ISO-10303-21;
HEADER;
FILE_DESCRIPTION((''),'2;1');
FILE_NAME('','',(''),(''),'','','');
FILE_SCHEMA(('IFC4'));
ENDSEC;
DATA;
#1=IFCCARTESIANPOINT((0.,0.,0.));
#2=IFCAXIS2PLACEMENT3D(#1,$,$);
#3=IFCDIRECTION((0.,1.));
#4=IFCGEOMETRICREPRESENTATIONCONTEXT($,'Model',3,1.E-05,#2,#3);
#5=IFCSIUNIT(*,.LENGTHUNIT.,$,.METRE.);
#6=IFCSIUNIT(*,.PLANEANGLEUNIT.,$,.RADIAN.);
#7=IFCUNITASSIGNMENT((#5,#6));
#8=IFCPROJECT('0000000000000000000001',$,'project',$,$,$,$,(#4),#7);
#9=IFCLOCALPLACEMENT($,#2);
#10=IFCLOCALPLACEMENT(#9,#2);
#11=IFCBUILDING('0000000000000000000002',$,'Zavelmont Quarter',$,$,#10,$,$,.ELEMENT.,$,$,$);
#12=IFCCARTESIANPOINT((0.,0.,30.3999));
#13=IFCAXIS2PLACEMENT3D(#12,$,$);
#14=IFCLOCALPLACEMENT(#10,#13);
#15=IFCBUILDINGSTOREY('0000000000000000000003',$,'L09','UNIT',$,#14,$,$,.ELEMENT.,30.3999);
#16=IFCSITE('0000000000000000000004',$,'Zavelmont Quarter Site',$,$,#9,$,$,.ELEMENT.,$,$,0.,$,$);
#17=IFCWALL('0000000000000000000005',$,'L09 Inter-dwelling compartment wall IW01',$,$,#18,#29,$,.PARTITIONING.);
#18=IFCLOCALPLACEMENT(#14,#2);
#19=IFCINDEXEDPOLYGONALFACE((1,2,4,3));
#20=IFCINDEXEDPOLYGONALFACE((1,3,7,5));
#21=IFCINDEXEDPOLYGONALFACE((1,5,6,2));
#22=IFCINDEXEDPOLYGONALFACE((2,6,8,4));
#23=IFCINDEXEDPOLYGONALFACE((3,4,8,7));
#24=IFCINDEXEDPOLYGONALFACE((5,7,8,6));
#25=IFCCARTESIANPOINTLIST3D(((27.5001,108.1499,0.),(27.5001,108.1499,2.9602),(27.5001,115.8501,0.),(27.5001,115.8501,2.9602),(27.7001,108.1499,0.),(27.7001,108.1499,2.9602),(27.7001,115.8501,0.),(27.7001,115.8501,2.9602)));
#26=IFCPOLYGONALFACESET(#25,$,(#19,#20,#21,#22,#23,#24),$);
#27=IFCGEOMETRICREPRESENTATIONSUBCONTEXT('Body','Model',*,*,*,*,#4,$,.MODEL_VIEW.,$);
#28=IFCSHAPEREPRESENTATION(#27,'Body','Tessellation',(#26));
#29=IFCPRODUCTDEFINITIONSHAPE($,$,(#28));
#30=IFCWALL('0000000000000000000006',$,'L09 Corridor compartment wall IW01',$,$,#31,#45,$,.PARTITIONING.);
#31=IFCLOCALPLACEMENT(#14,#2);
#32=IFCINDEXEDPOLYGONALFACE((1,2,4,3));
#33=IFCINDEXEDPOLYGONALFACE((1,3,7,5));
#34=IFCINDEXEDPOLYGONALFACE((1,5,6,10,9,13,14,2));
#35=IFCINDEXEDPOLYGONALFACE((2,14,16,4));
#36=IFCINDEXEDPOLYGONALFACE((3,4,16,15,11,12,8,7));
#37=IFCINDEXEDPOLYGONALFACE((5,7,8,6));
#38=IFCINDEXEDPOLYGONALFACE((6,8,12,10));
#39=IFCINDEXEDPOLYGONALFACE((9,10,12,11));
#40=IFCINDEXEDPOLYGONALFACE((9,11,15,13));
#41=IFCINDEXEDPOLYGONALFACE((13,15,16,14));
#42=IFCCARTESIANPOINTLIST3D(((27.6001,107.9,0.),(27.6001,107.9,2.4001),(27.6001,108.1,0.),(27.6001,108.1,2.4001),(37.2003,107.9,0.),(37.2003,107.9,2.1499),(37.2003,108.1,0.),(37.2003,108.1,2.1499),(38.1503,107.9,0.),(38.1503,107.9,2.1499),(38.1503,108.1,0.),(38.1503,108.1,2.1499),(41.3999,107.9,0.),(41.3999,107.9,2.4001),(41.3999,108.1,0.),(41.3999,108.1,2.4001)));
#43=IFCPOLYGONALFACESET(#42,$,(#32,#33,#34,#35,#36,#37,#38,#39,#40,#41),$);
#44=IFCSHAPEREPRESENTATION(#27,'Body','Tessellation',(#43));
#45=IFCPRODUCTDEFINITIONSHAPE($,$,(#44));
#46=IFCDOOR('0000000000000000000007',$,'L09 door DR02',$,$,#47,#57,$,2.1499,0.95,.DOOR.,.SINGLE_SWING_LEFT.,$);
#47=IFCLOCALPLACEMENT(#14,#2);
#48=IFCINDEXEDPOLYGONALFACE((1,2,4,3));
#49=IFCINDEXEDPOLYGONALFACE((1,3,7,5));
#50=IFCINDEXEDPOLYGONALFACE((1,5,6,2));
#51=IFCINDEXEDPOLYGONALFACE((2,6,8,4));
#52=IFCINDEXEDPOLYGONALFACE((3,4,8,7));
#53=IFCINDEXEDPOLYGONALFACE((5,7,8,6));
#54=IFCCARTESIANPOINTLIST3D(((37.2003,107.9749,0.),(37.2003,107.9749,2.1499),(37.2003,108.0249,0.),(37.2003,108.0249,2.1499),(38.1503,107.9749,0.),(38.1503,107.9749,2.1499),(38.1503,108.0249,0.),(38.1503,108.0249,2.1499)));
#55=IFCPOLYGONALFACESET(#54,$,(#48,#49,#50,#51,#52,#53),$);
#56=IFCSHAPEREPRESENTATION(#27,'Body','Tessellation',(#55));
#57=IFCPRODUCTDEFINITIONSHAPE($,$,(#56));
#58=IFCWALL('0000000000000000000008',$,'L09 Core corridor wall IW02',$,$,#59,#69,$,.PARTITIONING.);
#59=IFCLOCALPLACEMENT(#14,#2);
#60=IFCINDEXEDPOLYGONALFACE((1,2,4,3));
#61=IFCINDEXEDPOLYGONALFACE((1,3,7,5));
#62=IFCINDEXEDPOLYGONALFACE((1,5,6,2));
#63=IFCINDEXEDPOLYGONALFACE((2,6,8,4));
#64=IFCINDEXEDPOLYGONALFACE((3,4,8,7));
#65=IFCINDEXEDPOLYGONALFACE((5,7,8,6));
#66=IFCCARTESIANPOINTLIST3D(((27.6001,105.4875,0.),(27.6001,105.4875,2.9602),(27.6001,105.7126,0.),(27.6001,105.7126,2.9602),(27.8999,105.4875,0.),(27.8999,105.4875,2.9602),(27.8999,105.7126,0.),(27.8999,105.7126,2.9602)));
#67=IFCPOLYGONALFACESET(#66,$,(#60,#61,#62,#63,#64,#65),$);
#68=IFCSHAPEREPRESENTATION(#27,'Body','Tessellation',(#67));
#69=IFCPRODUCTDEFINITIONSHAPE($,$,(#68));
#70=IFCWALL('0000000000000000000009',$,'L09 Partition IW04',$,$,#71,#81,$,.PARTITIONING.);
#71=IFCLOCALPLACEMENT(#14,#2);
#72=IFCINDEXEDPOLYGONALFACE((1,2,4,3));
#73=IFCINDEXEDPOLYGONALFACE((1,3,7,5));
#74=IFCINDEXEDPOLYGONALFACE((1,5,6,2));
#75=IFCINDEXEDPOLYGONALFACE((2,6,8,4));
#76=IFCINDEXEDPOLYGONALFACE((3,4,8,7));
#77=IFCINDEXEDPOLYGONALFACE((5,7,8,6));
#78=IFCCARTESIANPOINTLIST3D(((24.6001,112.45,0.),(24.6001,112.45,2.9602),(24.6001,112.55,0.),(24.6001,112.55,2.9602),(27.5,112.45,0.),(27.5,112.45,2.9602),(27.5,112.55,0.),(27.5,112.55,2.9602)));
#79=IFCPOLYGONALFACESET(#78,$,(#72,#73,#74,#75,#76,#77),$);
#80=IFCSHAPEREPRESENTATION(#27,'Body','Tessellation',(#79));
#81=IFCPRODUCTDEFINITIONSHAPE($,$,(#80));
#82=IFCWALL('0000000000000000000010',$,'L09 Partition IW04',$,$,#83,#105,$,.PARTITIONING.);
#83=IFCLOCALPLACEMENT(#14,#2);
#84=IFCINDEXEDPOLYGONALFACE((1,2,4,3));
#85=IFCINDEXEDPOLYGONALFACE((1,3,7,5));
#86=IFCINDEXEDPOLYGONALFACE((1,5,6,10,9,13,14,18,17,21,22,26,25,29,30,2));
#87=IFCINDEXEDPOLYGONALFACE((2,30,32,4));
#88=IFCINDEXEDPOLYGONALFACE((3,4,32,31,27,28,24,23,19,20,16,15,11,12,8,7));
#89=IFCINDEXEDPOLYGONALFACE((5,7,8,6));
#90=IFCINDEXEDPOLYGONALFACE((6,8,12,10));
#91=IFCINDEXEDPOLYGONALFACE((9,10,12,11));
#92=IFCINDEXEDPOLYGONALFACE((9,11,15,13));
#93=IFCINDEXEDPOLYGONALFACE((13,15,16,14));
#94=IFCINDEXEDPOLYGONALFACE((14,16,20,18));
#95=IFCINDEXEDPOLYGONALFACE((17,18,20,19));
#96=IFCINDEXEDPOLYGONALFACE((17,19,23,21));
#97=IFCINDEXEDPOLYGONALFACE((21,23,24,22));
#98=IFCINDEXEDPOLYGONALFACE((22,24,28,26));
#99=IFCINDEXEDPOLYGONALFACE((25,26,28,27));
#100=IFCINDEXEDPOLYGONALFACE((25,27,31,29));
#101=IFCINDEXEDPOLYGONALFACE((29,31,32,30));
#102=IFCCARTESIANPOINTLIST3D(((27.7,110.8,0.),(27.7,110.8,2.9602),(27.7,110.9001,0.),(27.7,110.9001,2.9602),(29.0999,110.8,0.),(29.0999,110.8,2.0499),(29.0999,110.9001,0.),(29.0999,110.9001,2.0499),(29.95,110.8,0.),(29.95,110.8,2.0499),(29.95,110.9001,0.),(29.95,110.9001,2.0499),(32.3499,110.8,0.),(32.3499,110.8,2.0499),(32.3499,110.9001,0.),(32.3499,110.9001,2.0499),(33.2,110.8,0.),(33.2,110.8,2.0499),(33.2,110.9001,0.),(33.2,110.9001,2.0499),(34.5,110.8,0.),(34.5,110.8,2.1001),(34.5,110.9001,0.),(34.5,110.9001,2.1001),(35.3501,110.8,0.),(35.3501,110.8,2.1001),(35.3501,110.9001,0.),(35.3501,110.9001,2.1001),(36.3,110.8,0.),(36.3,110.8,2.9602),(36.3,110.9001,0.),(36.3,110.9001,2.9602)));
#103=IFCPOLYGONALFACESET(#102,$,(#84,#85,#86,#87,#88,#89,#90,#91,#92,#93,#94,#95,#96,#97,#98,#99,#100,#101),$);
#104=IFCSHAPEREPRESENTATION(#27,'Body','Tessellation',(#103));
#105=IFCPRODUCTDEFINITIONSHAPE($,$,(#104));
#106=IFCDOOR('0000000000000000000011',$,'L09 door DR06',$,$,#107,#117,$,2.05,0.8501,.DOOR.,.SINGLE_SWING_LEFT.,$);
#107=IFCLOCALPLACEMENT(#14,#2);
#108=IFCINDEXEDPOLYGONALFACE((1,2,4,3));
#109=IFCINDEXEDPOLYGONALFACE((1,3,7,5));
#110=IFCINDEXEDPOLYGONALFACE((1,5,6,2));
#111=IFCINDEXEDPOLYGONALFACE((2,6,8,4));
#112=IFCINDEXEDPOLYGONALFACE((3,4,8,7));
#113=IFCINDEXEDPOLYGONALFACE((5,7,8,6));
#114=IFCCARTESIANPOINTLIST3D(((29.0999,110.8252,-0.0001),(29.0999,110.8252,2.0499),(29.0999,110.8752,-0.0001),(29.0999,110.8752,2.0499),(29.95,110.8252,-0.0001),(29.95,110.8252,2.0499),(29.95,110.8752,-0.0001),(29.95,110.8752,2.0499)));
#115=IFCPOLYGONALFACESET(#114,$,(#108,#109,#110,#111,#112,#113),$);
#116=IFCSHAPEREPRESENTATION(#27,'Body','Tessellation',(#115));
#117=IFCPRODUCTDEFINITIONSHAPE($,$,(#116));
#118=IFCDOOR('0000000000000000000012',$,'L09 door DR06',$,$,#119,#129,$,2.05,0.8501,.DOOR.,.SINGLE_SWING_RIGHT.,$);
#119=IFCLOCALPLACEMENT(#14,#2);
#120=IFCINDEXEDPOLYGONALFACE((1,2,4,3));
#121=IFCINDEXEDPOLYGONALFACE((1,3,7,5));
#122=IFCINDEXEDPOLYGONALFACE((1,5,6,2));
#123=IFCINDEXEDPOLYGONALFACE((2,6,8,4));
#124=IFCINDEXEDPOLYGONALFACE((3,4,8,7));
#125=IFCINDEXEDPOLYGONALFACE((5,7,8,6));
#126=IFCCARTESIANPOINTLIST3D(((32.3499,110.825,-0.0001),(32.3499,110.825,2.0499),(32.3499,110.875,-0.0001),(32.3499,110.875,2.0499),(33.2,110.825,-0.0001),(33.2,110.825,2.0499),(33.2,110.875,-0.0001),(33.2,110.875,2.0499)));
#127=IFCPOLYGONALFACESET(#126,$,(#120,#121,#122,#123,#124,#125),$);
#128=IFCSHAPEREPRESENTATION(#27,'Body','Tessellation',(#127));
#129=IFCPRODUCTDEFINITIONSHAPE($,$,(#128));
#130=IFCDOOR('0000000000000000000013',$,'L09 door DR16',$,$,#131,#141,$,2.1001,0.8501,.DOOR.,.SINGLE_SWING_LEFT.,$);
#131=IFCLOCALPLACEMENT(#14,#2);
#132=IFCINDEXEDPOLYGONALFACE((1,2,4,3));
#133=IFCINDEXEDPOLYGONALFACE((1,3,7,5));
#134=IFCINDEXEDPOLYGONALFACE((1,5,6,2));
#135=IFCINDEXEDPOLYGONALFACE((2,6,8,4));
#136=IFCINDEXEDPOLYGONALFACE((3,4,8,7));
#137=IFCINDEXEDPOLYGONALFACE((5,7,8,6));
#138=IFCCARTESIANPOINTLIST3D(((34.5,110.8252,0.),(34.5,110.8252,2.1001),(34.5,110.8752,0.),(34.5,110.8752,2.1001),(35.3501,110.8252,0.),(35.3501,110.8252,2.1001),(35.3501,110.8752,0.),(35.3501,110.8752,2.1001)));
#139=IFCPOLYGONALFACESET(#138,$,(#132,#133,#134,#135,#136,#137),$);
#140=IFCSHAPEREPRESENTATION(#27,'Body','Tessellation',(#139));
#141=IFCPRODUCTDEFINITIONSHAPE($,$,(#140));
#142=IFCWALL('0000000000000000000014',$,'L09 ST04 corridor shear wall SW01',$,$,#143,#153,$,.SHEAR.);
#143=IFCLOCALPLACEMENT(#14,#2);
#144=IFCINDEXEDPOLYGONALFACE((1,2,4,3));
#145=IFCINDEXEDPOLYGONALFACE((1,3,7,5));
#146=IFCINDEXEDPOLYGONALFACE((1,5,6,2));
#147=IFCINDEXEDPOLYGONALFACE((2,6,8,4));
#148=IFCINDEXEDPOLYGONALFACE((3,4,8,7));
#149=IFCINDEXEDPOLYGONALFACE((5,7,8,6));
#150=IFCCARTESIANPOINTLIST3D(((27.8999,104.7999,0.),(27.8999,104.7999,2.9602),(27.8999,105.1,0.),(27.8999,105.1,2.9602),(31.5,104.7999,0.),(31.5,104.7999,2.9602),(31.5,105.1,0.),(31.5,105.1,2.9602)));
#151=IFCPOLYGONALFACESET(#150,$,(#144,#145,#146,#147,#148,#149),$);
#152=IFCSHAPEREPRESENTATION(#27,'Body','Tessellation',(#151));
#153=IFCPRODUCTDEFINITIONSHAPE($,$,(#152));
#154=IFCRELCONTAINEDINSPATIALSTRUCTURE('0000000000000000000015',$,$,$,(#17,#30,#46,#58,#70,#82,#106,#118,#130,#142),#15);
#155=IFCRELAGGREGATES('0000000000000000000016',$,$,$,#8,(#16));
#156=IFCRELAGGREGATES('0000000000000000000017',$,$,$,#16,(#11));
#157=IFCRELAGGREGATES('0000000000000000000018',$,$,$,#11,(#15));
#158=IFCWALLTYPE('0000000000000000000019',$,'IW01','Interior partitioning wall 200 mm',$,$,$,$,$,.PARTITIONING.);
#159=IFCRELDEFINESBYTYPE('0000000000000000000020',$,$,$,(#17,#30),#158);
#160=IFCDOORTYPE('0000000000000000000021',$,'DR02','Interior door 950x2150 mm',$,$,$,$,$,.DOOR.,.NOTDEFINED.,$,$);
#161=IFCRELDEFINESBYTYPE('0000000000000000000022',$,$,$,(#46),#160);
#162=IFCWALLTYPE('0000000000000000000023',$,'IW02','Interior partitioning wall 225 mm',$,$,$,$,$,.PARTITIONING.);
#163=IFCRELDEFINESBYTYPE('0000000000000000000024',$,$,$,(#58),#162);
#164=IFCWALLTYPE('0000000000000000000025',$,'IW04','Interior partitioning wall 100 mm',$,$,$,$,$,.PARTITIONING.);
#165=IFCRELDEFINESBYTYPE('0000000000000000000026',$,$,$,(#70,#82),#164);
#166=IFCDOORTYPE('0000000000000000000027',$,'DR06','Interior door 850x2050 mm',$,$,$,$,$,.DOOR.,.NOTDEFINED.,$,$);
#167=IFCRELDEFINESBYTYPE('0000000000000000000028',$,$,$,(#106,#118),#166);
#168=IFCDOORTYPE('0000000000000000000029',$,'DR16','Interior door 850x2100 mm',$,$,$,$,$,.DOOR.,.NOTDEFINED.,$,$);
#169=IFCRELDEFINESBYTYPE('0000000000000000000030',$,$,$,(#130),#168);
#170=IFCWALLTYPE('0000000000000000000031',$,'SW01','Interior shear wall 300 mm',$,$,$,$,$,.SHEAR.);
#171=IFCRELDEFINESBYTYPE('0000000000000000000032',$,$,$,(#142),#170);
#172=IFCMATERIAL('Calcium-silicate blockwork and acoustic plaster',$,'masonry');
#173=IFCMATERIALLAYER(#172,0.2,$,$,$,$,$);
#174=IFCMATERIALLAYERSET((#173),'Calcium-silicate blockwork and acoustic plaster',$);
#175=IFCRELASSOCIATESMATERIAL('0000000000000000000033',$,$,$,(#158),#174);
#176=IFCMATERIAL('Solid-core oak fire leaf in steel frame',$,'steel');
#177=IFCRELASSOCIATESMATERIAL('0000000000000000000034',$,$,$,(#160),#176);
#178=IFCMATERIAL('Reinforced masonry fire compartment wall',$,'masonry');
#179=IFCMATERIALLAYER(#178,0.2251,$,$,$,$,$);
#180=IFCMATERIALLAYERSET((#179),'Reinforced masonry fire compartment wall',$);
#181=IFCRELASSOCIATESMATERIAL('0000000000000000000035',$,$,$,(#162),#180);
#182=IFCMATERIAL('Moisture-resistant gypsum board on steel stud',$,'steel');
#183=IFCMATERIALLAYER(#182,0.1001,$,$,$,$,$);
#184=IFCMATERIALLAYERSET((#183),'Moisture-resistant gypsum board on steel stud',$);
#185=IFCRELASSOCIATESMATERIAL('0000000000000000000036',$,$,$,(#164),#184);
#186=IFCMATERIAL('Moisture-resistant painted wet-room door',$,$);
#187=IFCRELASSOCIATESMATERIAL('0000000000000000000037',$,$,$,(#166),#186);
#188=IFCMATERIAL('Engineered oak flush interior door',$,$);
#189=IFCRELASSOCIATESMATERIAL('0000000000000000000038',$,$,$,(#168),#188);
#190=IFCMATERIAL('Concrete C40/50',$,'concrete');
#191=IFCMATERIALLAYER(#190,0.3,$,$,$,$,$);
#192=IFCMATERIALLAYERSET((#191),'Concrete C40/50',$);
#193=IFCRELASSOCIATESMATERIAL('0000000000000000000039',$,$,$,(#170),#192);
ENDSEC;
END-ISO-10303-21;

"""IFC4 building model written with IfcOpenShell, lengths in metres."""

from ifc_helpers import new_model, si_unit, direction, frame, frame_2d, origin, origin_with_axes, place, context, subcontext, project, spatial, rectangle, extrude, material, layer, layer_set, type_object, element, fill, save


model = new_model("IFC4")

# Units and contexts
model_context = context("Model", 3, precision=1e-05, world=origin(), true_north=direction((0.0, 1.0)))
body_context = subcontext(model_context, "Body", "Model", "MODEL_VIEW")
ifc_project = project(units=[si_unit("LENGTHUNIT", "METRE"), si_unit("PLANEANGLEUNIT", "RADIAN")], contexts=[model_context])

# Site, building, storey
site_placement = place(None, origin())
site = spatial("IfcSite", under=ifc_project, at=site_placement, Name="Zavelmont Quarter Site", CompositionType="ELEMENT", RefElevation=0.0)
building_placement = place(site_placement, origin())
building = spatial("IfcBuilding", under=site, at=building_placement, Name="Zavelmont Quarter", CompositionType="ELEMENT")
storey_placement = place(building_placement, frame((0.0, 0.0, 30.3999)))
storey = spatial("IfcBuildingStorey", under=building, at=storey_placement, Name="L09", Description="UNIT", CompositionType="ELEMENT", Elevation=30.3999)

# Shared definitions
ifc_material_1 = material(Name="Concrete C40/50", Category="concrete")

# Wall
ifc_material_2 = material(Name="Calcium-silicate blockwork and acoustic plaster", Category="masonry")
ifc_layer_1 = layer(ifc_material_2, 0.2)
ifc_layer_set_1 = layer_set([ifc_layer_1], Name="Calcium-silicate blockwork and acoustic plaster")
wall_type_1 = type_object("IfcWallType", Name="IW01", Description="Interior partitioning wall 200 mm", PredefinedType="PARTITIONING", material=ifc_layer_set_1)
wall_1_placement = place(storey_placement, frame((27.6001, 108.1499, 0.0), z_axis=(0.0, 0.0, 1.0), x_axis=(0.0, 1.0, 0.0)))
element("IfcWall", 1, at=wall_1_placement, inside=storey, type_object=wall_type_1, Name="L09 Inter-dwelling compartment wall IW01", PredefinedType="PARTITIONING", context=body_context, shape_type="SweptSolid", body=[
    extrude(rectangle(XDim=7.7002, YDim=0.2, at=frame_2d((3.8501, 0.0))), origin(), (0.0, 0.0, 1.0), 2.9602),
])

# Wall, opening, door
wall_2_placement = place(storey_placement, frame((27.6001, 108.0, 0.0), z_axis=(0.0, 0.0, 1.0), x_axis=(1.0, 0.0, 0.0)))
wall_2 = element("IfcWall", 2, at=wall_2_placement, inside=storey, type_object=wall_type_1, Name="L09 Corridor compartment wall IW01", PredefinedType="PARTITIONING", context=body_context, shape_type="SweptSolid", body=[
    extrude(rectangle(XDim=13.7998, YDim=0.2, at=frame_2d((6.8999, 0.0))), origin(), (0.0, 0.0, 1.0), 2.4001),
])
opening_1_placement = place(wall_2_placement, frame((9.6001, 0.0, 0.0)))
opening_1 = element("IfcOpeningElement", 3, at=opening_1_placement, cuts=wall_2, PredefinedType="OPENING", context=body_context, shape_type="SweptSolid", body=[
    extrude(rectangle(XDim=0.95, YDim=2.1499, at=frame_2d((0.4751, 1.075))), frame((0.0, 0.1118, 0.0), z_axis=(0.0, -1.0, 0.0), x_axis=(1.0, 0.0, 0.0)), (0.0, 0.0, 1.0), 0.2239),
])
ifc_material_3 = material(Name="Solid-core oak fire leaf in steel frame", Category="steel")
door_type_1 = type_object("IfcDoorType", Name="DR02", Description="Interior door 950x2150 mm", OperationType="NOTDEFINED", PredefinedType="DOOR", material=ifc_material_3)
door_1_placement = place(opening_1_placement, origin_with_axes())
door_1 = element("IfcDoor", 4, at=door_1_placement, inside=storey, type_object=door_type_1, Name="L09 door DR02", OperationType="SINGLE_SWING_LEFT", OverallHeight=2.1499, OverallWidth=0.95, PredefinedType="DOOR", context=body_context, shape_type="SweptSolid", body=[
    extrude(rectangle(XDim=0.95, YDim=2.1499, at=frame_2d((0.4751, 1.075))), frame((0.0, 0.0249, 0.0), z_axis=(0.0, -1.0, 0.0), x_axis=(1.0, 0.0, 0.0)), (0.0, 0.0, 1.0), 0.05),
])
fill(opening_1, door_1)

# Wall
ifc_material_4 = material(Name="Reinforced masonry fire compartment wall", Category="masonry")
ifc_layer_2 = layer(ifc_material_4, 0.2251)
ifc_layer_set_2 = layer_set([ifc_layer_2], Name="Reinforced masonry fire compartment wall")
wall_type_2 = type_object("IfcWallType", Name="IW02", Description="Interior partitioning wall 225 mm", PredefinedType="PARTITIONING", material=ifc_layer_set_2)
wall_3_placement = place(storey_placement, frame((27.6001, 105.6001, 0.0), z_axis=(0.0, 0.0, 1.0), x_axis=(1.0, 0.0, 0.0)))
element("IfcWall", 5, at=wall_3_placement, inside=storey, type_object=wall_type_2, Name="L09 Core corridor wall IW02", PredefinedType="PARTITIONING", context=body_context, shape_type="SweptSolid", body=[
    extrude(rectangle(XDim=0.2998, YDim=0.2251, at=frame_2d((0.1499, 0.0))), origin(), (0.0, 0.0, 1.0), 2.9602),
])

# Wall
ifc_material_5 = material(Name="Moisture-resistant gypsum board on steel stud", Category="steel")
ifc_layer_3 = layer(ifc_material_5, 0.1001)
ifc_layer_set_3 = layer_set([ifc_layer_3], Name="Moisture-resistant gypsum board on steel stud")
wall_type_3 = type_object("IfcWallType", Name="IW04", Description="Interior partitioning wall 100 mm", PredefinedType="PARTITIONING", material=ifc_layer_set_3)
wall_4_placement = place(storey_placement, frame((24.6001, 112.5, 0.0), z_axis=(0.0, 0.0, 1.0), x_axis=(1.0, 0.0, 0.0)))
element("IfcWall", 6, at=wall_4_placement, inside=storey, type_object=wall_type_3, Name="L09 Partition IW04", PredefinedType="PARTITIONING", context=body_context, shape_type="SweptSolid", body=[
    extrude(rectangle(XDim=2.8999, YDim=0.1001, at=frame_2d((1.45, 0.0))), origin(), (0.0, 0.0, 1.0), 2.9602),
])

# Wall, openings, doors
wall_5_placement = place(storey_placement, frame((27.7, 110.8501, 0.0), z_axis=(0.0, 0.0, 1.0), x_axis=(1.0, 0.0, 0.0)))
wall_5 = element("IfcWall", 7, at=wall_5_placement, inside=storey, type_object=wall_type_3, Name="L09 Partition IW04", PredefinedType="PARTITIONING", context=body_context, shape_type="SweptSolid", body=[
    extrude(rectangle(XDim=8.6001, YDim=0.1001, at=frame_2d((4.3, 0.0))), origin(), (0.0, 0.0, 1.0), 2.9602),
])
opening_2_placement = place(wall_5_placement, frame((1.3999, 0.0, 0.0)))
opening_2 = element("IfcOpeningElement", 8, at=opening_2_placement, cuts=wall_5, PredefinedType="OPENING", context=body_context, shape_type="SweptSolid", body=[
    extrude(rectangle(XDim=0.8501, YDim=2.05, at=frame_2d((0.425, 1.0249))), frame((0.0, 0.062, 0.0), z_axis=(0.0, -1.0, 0.0), x_axis=(1.0, 0.0, 0.0)), (0.0, 0.0, 1.0), 0.124),
])
opening_3_placement = place(wall_5_placement, frame((4.6499, 0.0, 0.0)))
opening_3 = element("IfcOpeningElement", 9, at=opening_3_placement, cuts=wall_5, PredefinedType="OPENING", context=body_context, shape_type="SweptSolid", body=[
    extrude(rectangle(XDim=0.8501, YDim=2.05, at=frame_2d((0.425, 1.0249))), frame((0.0, 0.062, 0.0), z_axis=(0.0, -1.0, 0.0), x_axis=(1.0, 0.0, 0.0)), (0.0, 0.0, 1.0), 0.124),
])
opening_4_placement = place(wall_5_placement, frame((6.8, 0.0, 0.0)))
opening_4 = element("IfcOpeningElement", 10, at=opening_4_placement, cuts=wall_5, PredefinedType="OPENING", context=body_context, shape_type="SweptSolid", body=[
    extrude(rectangle(XDim=0.8501, YDim=2.1001, at=frame_2d((0.425, 1.05))), frame((0.0, 0.062, 0.0), z_axis=(0.0, -1.0, 0.0), x_axis=(1.0, 0.0, 0.0)), (0.0, 0.0, 1.0), 0.124),
])
ifc_material_6 = material(Name="Moisture-resistant painted wet-room door")
door_type_2 = type_object("IfcDoorType", Name="DR06", Description="Interior door 850x2050 mm", OperationType="NOTDEFINED", PredefinedType="DOOR", material=ifc_material_6)
door_2_placement = place(opening_2_placement, frame((0.8501, 0.0, 0.0), z_axis=(0.0, 0.0, 1.0), x_axis=(-1.0, 0.0, 0.0)))
door_2 = element("IfcDoor", 11, at=door_2_placement, inside=storey, type_object=door_type_2, Name="L09 door DR06", OperationType="SINGLE_SWING_LEFT", OverallHeight=2.05, OverallWidth=0.8501, PredefinedType="DOOR", context=body_context, shape_type="SweptSolid", body=[
    extrude(rectangle(XDim=0.8501, YDim=2.05, at=frame_2d((0.425, 1.0249))), frame((0.0, 0.0249, 0.0), z_axis=(0.0, -1.0, 0.0), x_axis=(1.0, 0.0, 0.0)), (0.0, 0.0, 1.0), 0.05),
])
fill(opening_2, door_2)
door_3_placement = place(opening_3_placement, origin_with_axes())
door_3 = element("IfcDoor", 12, at=door_3_placement, inside=storey, type_object=door_type_2, Name="L09 door DR06", OperationType="SINGLE_SWING_RIGHT", OverallHeight=2.05, OverallWidth=0.8501, PredefinedType="DOOR", context=body_context, shape_type="SweptSolid", body=[
    extrude(rectangle(XDim=0.8501, YDim=2.05, at=frame_2d((0.425, 1.0249))), frame((0.0, 0.0249, 0.0), z_axis=(0.0, -1.0, 0.0), x_axis=(1.0, 0.0, 0.0)), (0.0, 0.0, 1.0), 0.05),
])
fill(opening_3, door_3)
ifc_material_7 = material(Name="Engineered oak flush interior door")
door_type_3 = type_object("IfcDoorType", Name="DR16", Description="Interior door 850x2100 mm", OperationType="NOTDEFINED", PredefinedType="DOOR", material=ifc_material_7)
door_4_placement = place(opening_4_placement, frame((0.8501, 0.0, 0.0), z_axis=(0.0, 0.0, 1.0), x_axis=(-1.0, 0.0, 0.0)))
door_4 = element("IfcDoor", 13, at=door_4_placement, inside=storey, type_object=door_type_3, Name="L09 door DR16", OperationType="SINGLE_SWING_LEFT", OverallHeight=2.1001, OverallWidth=0.8501, PredefinedType="DOOR", context=body_context, shape_type="SweptSolid", body=[
    extrude(rectangle(XDim=0.8501, YDim=2.1001, at=frame_2d((0.425, 1.05))), frame((0.0, 0.0249, 0.0), z_axis=(0.0, -1.0, 0.0), x_axis=(1.0, 0.0, 0.0)), (0.0, 0.0, 1.0), 0.05),
])
fill(opening_4, door_4)

# Wall
ifc_layer_4 = layer(ifc_material_1, 0.3)
ifc_layer_set_4 = layer_set([ifc_layer_4], Name="Concrete C40/50")
wall_type_4 = type_object("IfcWallType", Name="SW01", Description="Interior shear wall 300 mm", PredefinedType="SHEAR", material=ifc_layer_set_4)
wall_6_placement = place(storey_placement, frame((27.8999, 104.95, 0.0), z_axis=(0.0, 0.0, 1.0), x_axis=(1.0, 0.0, 0.0)))
element("IfcWall", 14, at=wall_6_placement, inside=storey, type_object=wall_type_4, Name="L09 ST04 corridor shear wall SW01", PredefinedType="SHEAR", context=body_context, shape_type="SweptSolid", body=[
    extrude(rectangle(XDim=3.6001, YDim=0.3, at=frame_2d((1.8, 0.0))), origin(), (0.0, 0.0, 1.0), 2.9602),
])

save(model, "model.ifc")
